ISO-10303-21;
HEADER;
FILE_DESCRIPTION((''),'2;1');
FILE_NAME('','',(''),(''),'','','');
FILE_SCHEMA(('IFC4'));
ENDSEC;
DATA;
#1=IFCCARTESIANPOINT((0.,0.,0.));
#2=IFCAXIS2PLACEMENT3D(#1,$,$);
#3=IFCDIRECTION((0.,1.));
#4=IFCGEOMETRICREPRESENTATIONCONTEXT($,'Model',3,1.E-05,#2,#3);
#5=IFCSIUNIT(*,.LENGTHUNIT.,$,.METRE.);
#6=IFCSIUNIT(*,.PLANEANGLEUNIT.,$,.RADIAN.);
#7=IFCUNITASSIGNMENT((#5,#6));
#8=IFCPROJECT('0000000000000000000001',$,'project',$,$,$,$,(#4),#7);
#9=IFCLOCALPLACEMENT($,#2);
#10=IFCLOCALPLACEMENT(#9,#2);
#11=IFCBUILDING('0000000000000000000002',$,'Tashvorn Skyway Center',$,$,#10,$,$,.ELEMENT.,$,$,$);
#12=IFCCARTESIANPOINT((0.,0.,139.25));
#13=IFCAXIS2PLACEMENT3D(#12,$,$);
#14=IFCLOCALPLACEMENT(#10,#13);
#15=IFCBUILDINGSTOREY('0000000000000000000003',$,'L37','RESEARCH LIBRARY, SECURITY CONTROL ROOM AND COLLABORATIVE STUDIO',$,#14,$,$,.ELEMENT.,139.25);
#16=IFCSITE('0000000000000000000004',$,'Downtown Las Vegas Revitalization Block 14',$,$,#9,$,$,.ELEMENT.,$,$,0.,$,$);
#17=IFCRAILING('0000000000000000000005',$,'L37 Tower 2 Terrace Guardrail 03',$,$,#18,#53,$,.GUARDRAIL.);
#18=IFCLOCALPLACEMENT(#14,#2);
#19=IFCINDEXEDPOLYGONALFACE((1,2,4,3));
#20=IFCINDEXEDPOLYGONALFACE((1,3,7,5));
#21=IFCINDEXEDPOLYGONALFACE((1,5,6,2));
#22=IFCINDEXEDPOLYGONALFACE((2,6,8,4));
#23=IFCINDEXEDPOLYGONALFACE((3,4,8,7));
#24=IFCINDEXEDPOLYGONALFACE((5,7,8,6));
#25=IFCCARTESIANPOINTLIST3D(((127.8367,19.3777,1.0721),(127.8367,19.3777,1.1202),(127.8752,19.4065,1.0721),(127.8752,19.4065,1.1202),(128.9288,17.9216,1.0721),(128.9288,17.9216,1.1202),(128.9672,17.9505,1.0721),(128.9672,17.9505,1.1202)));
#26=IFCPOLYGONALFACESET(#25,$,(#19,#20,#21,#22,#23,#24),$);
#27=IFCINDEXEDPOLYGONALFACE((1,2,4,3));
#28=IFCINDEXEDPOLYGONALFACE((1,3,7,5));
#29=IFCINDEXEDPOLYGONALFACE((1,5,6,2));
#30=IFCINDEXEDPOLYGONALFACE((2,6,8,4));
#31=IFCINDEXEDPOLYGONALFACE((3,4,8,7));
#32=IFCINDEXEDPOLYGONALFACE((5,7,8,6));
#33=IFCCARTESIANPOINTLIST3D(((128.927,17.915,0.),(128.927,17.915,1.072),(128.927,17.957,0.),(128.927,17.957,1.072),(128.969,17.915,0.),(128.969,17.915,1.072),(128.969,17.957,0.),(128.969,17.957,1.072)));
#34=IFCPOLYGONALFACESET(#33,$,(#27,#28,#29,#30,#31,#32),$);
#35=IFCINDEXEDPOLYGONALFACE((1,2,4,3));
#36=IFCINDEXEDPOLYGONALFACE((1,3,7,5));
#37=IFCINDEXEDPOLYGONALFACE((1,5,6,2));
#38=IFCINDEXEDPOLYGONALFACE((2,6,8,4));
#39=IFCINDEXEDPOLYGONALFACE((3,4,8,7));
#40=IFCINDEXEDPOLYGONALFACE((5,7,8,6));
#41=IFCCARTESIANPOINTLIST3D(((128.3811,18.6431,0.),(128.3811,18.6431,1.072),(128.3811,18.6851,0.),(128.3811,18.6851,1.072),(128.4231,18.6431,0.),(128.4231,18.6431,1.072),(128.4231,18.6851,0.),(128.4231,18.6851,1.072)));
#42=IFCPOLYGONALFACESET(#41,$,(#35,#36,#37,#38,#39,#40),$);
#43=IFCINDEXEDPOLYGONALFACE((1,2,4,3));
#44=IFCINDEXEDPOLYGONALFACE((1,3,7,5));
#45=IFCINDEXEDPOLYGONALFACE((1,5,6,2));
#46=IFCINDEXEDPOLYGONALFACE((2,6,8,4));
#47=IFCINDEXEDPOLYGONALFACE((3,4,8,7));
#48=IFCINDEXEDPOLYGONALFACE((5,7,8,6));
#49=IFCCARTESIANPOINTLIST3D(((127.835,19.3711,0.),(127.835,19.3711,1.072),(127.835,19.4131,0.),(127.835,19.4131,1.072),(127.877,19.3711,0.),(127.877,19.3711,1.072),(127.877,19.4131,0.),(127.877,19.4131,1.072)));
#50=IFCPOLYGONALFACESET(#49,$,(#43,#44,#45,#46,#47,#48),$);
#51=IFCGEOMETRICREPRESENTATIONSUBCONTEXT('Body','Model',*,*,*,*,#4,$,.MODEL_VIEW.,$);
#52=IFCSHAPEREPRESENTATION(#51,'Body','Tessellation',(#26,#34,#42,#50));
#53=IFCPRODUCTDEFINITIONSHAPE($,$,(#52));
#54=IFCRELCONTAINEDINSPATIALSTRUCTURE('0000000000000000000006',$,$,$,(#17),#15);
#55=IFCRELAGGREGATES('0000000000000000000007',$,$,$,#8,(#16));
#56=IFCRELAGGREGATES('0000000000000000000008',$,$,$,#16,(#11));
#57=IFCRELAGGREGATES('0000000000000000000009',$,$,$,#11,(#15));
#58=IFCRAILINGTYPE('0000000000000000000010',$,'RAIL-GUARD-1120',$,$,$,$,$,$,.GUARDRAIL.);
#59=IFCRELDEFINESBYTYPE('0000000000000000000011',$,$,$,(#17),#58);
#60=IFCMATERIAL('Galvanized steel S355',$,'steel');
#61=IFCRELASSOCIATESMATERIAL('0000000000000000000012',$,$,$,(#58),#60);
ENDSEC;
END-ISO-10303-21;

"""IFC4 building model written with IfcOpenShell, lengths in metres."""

from ifc_helpers import new_model, si_unit, direction, frame, origin, origin_2d, place, context, subcontext, project, spatial, rectangle, extrude, material, type_object, element, save


model = new_model("IFC4")

# Units and contexts
model_context = context("Model", 3, precision=1e-05, world=origin(), true_north=direction((0.0, 1.0)))
body_context = subcontext(model_context, "Body", "Model", "MODEL_VIEW")
ifc_project = project(units=[si_unit("LENGTHUNIT", "METRE"), si_unit("PLANEANGLEUNIT", "RADIAN")], contexts=[model_context])

# Site, building, storey
site_placement = place(None, origin())
site = spatial("IfcSite", under=ifc_project, at=site_placement, Name="Downtown Las Vegas Revitalization Block 14", CompositionType="ELEMENT", RefElevation=0.0)
building_placement = place(site_placement, origin())
building = spatial("IfcBuilding", under=site, at=building_placement, Name="Tashvorn Skyway Center", CompositionType="ELEMENT")
storey_placement = place(building_placement, frame((0.0, 0.0, 139.25)))
storey = spatial("IfcBuildingStorey", under=building, at=storey_placement, Name="L37", Description="RESEARCH LIBRARY, SECURITY CONTROL ROOM AND COLLABORATIVE STUDIO", CompositionType="ELEMENT", Elevation=139.25)

# Railing
ifc_material_1 = material(Name="Galvanized steel S355", Category="steel")
railing_type = type_object("IfcRailingType", Name="RAIL-GUARD-1120", PredefinedType="GUARDRAIL", material=ifc_material_1)
railing_1_placement = place(storey_placement, frame((128.948, 17.936, 0.0)))
element("IfcRailing", 1, at=railing_1_placement, inside=storey, type_object=railing_type, Name="L37 Tower 2 Terrace Guardrail 03", PredefinedType="GUARDRAIL", context=body_context, shape_type="SweptSolid", body=[
    extrude(rectangle(XDim=0.0481, YDim=0.0481, at=origin_2d()), frame((0.0, 0.0, 1.0962), z_axis=(-0.6, 0.8, 0.0), x_axis=(-0.8, -0.6, 0.0)), (0.0, 0.0, 1.0), 1.8201),
    extrude(rectangle(XDim=0.042, YDim=0.042, at=origin_2d()), origin(), (0.0, 0.0, 1.0), 1.072),
    extrude(rectangle(XDim=0.042, YDim=0.042, at=origin_2d()), frame((-0.5459, 0.728, 0.0)), (0.0, 0.0, 1.0), 1.072),
    extrude(rectangle(XDim=0.042, YDim=0.042, at=origin_2d()), frame((-1.092, 1.4561, 0.0)), (0.0, 0.0, 1.0), 1.072),
])

save(model, "model.ifc")
